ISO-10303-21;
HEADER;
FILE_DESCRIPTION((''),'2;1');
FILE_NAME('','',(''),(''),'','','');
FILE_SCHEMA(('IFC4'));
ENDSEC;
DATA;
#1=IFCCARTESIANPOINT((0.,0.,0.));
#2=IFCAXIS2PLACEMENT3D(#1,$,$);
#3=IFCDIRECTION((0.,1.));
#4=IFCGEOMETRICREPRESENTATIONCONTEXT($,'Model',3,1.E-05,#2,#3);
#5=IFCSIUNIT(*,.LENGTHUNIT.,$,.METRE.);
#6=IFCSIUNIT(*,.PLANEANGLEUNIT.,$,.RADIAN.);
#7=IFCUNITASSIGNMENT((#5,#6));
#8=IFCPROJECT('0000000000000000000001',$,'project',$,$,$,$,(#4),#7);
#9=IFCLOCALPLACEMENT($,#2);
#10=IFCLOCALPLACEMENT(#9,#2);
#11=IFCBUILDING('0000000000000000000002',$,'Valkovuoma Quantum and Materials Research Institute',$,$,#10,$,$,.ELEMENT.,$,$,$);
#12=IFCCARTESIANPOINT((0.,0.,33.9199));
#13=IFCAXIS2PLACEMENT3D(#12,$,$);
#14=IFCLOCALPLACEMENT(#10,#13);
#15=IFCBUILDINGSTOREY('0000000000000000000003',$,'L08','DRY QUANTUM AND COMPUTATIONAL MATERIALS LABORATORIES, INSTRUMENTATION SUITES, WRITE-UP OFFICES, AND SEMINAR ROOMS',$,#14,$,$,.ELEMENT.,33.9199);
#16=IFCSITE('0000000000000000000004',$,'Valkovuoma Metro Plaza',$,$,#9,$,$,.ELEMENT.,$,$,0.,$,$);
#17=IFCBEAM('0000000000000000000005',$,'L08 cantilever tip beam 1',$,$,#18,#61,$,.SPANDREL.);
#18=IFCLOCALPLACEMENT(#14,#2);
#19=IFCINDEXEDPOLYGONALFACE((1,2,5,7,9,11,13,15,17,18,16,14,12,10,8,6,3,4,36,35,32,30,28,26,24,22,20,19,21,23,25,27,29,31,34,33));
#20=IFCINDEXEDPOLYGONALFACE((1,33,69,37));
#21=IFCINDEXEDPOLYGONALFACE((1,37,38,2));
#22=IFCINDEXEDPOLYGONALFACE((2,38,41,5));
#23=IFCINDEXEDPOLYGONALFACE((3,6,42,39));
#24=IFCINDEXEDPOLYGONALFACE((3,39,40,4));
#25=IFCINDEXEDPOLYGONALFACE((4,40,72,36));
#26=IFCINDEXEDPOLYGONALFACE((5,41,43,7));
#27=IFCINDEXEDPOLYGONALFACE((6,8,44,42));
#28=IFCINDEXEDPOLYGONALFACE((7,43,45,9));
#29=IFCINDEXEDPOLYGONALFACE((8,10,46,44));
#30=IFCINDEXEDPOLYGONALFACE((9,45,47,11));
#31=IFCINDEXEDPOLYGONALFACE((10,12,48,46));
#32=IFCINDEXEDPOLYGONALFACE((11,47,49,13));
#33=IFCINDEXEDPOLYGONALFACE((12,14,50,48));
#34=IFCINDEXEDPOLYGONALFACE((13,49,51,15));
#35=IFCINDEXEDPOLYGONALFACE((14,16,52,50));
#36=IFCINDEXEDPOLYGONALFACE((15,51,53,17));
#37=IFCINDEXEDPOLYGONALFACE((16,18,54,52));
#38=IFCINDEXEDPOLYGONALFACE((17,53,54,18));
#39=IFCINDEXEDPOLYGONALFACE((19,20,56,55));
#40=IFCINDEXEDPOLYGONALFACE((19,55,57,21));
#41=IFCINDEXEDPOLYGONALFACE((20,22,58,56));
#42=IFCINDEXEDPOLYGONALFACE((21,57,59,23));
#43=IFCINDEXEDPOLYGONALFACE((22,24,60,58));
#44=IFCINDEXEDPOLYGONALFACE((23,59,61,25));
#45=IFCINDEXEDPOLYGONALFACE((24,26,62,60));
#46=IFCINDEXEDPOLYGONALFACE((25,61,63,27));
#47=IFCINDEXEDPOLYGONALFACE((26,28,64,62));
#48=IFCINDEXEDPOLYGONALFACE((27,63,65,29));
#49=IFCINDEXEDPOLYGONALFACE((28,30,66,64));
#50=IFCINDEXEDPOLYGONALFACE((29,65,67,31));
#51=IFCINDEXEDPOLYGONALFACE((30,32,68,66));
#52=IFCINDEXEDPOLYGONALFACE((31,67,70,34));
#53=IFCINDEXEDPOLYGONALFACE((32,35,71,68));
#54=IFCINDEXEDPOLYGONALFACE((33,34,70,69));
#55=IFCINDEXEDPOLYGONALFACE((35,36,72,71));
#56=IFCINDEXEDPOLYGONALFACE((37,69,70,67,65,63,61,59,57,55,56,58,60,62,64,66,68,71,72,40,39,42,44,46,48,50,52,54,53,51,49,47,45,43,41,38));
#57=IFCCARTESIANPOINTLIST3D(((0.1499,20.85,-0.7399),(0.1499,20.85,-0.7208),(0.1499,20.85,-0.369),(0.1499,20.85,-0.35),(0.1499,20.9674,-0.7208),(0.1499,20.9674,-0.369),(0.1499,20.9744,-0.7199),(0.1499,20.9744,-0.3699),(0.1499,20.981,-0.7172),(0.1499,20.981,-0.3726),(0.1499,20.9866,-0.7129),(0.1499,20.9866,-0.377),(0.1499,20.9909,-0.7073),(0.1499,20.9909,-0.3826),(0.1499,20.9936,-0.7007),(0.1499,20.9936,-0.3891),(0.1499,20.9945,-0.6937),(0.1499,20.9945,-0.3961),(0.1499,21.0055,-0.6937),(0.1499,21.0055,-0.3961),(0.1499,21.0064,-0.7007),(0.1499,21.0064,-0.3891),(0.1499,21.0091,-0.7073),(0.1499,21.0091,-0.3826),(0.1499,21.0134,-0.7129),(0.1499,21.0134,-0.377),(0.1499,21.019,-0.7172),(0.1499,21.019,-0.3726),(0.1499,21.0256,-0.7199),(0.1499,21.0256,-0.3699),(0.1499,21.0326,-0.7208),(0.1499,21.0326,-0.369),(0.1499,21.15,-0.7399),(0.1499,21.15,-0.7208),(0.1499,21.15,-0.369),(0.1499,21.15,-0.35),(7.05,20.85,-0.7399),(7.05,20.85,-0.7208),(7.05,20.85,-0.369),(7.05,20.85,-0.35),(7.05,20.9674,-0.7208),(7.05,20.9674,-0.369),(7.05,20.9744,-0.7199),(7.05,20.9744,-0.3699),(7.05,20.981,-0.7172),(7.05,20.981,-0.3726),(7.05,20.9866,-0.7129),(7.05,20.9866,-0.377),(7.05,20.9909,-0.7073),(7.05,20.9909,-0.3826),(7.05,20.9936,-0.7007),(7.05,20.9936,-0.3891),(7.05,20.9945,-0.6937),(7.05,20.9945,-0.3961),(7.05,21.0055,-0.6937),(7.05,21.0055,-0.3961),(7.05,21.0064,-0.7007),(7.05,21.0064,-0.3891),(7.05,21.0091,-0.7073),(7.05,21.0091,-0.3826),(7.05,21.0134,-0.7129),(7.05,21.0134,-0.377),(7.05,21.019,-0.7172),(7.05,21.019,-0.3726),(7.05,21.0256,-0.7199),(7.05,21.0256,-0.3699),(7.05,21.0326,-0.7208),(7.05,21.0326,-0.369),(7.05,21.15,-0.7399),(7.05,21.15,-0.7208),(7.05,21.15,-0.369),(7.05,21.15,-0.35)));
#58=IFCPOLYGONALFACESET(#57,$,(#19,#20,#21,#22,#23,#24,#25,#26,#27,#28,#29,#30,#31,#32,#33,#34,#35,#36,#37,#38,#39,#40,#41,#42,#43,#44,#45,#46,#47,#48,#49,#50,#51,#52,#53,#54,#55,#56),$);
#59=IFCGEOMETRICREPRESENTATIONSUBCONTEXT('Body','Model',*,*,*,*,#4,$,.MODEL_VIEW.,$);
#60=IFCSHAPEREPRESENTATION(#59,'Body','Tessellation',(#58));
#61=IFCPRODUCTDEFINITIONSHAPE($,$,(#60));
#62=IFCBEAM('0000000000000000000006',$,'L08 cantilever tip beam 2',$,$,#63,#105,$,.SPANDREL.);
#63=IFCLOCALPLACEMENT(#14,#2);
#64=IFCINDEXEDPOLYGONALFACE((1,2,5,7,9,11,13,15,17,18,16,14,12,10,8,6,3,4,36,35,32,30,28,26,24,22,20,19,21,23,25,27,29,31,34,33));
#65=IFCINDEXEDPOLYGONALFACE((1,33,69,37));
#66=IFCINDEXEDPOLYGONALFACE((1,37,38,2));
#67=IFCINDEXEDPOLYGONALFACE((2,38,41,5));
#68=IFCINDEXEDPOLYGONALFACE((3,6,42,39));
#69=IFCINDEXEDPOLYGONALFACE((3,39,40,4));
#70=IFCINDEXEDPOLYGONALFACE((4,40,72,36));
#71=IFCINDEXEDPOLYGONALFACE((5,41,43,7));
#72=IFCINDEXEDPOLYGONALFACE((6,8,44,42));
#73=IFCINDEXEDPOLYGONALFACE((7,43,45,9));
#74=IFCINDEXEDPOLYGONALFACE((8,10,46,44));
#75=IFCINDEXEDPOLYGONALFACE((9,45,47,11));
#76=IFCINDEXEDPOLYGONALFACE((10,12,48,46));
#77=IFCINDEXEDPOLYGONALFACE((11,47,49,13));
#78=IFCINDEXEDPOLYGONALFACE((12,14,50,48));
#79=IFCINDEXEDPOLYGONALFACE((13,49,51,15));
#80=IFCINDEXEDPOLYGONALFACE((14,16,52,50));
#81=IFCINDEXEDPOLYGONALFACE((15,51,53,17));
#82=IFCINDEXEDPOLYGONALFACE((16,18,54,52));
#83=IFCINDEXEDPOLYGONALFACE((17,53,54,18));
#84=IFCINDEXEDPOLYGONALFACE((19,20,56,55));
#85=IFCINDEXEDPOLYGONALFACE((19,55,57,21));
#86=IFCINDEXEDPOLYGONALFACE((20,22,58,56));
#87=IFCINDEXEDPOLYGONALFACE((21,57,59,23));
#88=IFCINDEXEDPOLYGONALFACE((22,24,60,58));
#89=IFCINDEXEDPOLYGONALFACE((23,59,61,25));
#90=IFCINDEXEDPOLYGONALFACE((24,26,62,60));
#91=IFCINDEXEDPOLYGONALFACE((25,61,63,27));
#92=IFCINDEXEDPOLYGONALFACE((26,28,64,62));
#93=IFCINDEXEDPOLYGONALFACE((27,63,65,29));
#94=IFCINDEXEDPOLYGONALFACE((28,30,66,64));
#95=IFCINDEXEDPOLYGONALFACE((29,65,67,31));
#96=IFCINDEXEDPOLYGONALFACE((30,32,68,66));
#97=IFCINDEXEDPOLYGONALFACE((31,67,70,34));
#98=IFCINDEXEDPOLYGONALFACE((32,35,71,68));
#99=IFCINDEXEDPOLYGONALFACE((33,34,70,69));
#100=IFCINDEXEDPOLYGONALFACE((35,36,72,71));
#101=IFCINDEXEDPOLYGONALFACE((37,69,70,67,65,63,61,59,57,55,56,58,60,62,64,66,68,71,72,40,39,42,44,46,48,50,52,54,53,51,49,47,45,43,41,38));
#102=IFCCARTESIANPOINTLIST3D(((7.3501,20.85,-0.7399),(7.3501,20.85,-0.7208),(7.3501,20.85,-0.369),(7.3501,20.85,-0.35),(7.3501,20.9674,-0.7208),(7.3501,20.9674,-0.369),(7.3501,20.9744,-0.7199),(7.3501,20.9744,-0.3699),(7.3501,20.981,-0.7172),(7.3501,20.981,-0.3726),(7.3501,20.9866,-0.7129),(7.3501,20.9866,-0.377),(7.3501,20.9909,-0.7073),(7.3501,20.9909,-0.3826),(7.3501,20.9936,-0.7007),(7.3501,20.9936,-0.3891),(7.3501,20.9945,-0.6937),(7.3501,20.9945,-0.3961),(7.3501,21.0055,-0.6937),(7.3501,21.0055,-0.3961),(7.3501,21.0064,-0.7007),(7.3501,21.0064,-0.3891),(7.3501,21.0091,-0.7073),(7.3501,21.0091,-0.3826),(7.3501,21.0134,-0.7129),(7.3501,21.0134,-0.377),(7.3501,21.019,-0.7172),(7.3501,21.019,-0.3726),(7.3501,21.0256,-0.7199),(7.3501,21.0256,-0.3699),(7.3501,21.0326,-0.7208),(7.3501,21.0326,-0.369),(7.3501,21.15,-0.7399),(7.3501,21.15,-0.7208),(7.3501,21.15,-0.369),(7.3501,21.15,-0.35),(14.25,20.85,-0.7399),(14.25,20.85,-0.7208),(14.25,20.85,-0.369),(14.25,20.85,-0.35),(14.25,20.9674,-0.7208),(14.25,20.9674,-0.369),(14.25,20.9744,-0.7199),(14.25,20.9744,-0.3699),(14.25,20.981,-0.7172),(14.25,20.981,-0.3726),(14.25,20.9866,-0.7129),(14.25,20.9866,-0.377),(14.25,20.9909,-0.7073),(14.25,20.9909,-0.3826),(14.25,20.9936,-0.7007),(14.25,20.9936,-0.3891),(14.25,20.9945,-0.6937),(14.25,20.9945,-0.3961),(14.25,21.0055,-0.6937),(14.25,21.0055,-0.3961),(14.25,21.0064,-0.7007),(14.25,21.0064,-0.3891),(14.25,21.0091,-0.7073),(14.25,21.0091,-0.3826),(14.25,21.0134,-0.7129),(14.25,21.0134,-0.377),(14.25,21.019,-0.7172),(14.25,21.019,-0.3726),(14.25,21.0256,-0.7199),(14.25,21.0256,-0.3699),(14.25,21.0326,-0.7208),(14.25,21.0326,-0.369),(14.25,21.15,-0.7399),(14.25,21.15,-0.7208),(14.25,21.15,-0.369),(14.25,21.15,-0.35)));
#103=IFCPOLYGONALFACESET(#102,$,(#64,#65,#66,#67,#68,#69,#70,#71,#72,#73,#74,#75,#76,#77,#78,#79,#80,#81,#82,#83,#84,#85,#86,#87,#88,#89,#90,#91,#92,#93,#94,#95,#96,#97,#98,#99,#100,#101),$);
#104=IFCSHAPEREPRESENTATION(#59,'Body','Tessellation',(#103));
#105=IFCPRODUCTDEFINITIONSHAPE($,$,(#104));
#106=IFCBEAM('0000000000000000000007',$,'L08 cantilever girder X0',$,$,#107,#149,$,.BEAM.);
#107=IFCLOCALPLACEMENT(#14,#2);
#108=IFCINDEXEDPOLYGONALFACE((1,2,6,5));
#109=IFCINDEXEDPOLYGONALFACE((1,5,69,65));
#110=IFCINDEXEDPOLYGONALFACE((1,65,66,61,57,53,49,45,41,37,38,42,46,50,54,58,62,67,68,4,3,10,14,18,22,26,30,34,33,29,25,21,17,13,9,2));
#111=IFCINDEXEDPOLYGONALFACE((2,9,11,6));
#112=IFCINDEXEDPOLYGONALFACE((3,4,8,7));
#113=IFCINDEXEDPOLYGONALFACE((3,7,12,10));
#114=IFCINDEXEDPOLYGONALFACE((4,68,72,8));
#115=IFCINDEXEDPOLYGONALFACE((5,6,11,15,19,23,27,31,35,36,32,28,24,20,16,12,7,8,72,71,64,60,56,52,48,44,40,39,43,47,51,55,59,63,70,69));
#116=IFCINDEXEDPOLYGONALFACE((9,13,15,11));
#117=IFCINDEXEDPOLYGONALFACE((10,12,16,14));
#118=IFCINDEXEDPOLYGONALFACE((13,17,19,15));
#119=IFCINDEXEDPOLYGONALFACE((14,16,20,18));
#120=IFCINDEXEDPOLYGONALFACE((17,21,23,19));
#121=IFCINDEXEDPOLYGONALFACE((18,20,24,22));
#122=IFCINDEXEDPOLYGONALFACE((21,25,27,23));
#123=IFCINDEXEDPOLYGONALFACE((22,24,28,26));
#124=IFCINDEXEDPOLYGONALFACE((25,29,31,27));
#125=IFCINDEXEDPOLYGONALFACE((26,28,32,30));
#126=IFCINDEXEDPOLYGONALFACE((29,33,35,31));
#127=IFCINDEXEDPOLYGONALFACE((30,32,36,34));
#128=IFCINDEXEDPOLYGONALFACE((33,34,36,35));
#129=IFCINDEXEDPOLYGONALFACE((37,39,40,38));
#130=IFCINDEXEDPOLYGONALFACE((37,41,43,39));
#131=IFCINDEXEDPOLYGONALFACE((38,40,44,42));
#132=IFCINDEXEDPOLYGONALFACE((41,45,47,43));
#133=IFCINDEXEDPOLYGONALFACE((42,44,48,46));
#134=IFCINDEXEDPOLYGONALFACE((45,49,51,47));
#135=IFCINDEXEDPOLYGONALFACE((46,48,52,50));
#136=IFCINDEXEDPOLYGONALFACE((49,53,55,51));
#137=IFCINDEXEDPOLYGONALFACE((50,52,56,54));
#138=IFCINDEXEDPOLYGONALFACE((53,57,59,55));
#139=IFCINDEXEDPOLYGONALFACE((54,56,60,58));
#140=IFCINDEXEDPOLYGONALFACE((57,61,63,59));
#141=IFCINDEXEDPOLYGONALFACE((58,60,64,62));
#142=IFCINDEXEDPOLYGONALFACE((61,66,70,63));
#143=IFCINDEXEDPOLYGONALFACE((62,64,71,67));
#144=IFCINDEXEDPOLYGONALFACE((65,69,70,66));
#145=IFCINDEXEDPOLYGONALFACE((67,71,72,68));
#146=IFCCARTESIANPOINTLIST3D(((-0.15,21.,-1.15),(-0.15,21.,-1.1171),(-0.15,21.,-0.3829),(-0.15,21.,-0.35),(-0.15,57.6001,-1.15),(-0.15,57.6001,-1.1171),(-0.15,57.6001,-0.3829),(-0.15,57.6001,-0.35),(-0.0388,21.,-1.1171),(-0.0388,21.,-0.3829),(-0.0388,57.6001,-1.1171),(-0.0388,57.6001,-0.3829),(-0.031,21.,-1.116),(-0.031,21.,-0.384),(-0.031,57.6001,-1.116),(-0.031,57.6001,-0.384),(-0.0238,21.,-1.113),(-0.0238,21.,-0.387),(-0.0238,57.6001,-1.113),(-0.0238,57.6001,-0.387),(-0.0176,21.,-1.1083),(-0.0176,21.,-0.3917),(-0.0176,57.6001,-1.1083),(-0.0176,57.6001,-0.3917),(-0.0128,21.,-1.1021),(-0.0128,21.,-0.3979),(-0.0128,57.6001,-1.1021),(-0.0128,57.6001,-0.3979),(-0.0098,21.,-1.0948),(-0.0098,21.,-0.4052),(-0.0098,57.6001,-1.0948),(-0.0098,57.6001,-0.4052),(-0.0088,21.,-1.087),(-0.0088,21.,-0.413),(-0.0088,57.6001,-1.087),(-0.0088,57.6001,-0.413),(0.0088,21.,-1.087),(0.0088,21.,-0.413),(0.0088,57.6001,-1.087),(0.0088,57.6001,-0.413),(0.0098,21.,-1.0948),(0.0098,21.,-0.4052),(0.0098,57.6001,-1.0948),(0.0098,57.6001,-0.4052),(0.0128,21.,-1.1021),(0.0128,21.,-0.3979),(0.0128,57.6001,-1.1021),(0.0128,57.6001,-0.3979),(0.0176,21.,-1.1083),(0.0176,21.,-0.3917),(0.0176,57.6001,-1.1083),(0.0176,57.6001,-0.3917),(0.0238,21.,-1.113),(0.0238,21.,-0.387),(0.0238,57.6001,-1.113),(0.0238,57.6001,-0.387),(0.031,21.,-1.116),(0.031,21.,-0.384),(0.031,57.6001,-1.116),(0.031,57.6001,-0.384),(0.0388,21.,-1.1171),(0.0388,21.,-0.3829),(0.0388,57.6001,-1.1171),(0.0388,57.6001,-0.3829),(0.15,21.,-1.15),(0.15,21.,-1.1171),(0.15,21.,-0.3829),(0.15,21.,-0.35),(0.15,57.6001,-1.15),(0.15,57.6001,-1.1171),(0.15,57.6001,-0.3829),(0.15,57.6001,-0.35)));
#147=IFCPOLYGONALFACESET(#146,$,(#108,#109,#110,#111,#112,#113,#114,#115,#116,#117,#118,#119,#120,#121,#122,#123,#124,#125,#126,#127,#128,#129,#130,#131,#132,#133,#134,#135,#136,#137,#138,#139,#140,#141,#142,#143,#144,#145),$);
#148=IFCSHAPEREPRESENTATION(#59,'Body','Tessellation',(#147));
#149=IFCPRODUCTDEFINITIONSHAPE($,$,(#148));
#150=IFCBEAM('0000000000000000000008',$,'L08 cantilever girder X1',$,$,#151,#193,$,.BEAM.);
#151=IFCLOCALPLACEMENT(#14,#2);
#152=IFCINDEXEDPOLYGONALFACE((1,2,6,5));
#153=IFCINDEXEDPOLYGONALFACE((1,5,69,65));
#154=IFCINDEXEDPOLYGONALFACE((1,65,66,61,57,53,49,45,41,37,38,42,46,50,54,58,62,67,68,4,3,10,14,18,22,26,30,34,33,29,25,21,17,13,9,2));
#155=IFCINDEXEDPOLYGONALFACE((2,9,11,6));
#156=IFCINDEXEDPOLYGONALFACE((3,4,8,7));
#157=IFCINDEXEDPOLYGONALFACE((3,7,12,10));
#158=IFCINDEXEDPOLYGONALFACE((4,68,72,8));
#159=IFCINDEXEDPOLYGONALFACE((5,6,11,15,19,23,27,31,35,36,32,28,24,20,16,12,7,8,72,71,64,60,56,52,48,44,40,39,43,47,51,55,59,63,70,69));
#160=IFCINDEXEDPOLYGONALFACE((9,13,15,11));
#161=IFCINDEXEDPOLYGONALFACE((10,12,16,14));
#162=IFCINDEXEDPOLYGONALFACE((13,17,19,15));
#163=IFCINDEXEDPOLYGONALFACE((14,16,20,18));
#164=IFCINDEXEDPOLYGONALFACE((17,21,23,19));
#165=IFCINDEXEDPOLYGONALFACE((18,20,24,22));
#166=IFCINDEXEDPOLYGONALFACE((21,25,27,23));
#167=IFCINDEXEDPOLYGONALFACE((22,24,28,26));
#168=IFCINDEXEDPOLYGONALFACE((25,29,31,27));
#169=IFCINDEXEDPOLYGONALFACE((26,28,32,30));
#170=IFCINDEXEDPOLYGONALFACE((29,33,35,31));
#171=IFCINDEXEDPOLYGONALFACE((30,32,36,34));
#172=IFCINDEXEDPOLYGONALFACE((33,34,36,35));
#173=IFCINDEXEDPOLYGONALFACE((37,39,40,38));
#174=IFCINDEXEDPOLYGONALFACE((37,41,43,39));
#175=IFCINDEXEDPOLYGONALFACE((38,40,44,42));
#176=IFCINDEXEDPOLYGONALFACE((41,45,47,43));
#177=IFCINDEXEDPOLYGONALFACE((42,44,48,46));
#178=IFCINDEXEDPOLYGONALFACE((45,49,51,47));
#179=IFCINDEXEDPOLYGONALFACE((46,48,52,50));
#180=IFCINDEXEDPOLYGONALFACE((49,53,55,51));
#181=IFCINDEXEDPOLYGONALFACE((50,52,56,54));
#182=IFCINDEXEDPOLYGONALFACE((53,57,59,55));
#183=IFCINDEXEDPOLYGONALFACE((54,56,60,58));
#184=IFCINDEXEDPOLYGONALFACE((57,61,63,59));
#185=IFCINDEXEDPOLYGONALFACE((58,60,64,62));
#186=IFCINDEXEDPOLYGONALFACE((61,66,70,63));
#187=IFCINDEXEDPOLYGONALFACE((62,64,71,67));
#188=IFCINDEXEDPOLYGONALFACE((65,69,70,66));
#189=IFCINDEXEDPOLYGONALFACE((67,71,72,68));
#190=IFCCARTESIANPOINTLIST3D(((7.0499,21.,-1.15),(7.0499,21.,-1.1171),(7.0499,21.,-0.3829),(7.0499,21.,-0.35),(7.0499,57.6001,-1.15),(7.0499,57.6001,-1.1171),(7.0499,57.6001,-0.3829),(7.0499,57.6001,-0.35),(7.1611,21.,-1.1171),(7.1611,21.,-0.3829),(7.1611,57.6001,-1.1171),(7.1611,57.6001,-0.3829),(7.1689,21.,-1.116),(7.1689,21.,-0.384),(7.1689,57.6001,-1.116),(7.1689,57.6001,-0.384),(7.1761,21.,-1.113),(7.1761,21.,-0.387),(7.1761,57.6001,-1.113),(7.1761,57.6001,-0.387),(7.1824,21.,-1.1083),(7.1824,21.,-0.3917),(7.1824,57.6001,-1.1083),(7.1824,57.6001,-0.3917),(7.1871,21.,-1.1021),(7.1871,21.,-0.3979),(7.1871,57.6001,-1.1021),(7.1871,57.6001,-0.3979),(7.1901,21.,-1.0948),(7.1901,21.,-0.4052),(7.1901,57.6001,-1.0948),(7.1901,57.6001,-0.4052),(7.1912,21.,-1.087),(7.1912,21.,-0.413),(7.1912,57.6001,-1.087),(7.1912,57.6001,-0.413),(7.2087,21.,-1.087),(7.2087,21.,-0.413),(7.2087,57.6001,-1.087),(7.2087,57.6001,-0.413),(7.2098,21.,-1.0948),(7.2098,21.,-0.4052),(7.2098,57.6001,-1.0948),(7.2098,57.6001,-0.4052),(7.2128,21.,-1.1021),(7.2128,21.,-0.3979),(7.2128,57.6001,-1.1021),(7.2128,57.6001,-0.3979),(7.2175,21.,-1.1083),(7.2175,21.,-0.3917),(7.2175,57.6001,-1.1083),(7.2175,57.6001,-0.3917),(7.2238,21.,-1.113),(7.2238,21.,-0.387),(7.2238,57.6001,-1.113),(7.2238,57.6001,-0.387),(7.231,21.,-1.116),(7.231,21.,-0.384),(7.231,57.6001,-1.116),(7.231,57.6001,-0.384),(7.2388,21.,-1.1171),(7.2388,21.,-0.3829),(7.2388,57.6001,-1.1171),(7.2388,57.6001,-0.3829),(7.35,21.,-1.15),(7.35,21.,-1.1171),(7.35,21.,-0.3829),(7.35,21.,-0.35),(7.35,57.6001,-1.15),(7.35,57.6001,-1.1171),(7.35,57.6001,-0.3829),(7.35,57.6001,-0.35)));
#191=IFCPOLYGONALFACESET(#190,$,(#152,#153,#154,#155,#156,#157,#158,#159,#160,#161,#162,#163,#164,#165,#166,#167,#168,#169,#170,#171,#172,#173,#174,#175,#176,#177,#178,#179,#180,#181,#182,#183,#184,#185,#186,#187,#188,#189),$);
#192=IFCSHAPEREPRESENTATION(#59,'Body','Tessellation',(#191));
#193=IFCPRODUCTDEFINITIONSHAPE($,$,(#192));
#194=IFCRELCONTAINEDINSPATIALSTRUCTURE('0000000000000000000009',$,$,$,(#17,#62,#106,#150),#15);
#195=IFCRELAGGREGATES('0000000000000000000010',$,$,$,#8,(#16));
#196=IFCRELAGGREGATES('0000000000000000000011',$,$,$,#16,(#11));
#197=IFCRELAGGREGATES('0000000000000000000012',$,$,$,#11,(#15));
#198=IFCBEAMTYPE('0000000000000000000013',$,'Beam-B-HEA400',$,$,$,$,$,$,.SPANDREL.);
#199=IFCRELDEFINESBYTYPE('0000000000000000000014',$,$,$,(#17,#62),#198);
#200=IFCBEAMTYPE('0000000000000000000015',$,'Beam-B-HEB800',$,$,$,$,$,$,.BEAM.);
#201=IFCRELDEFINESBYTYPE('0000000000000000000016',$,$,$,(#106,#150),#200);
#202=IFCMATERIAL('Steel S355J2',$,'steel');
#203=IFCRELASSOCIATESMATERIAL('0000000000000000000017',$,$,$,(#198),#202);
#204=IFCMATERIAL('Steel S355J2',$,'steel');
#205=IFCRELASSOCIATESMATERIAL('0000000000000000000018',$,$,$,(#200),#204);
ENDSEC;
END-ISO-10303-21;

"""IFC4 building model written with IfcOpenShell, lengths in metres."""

from ifc_helpers import new_model, si_unit, direction, frame, origin, origin_2d, place, context, subcontext, project, spatial, i_section, extrude, material, material_profile, profile_set, type_object, element, save


model = new_model("IFC4")

# Units and contexts
model_context = context("Model", 3, precision=1e-05, world=origin(), true_north=direction((0.0, 1.0)))
body_context = subcontext(model_context, "Body", "Model", "MODEL_VIEW")
ifc_project = project(units=[si_unit("LENGTHUNIT", "METRE"), si_unit("PLANEANGLEUNIT", "RADIAN")], contexts=[model_context])

# Site, building, storey
site_placement = place(None, origin())
site = spatial("IfcSite", under=ifc_project, at=site_placement, Name="Valkovuoma Metro Plaza", CompositionType="ELEMENT", RefElevation=0.0)
building_placement = place(site_placement, origin())
building = spatial("IfcBuilding", under=site, at=building_placement, Name="Valkovuoma Quantum and Materials Research Institute", CompositionType="ELEMENT")
storey_placement = place(building_placement, frame((0.0, 0.0, 33.9199)))
storey = spatial("IfcBuildingStorey", under=building, at=storey_placement, Name="L08", Description="DRY QUANTUM AND COMPUTATIONAL MATERIALS LABORATORIES, INSTRUMENTATION SUITES, WRITE-UP OFFICES, AND SEMINAR ROOMS", CompositionType="ELEMENT", Elevation=33.9199)

# Beams
ifc_material_1 = material(Name="Steel S355J2", Category="steel")
ifc_material_profile_1 = material_profile(ifc_material_1, i_section(OverallWidth=0.3, OverallDepth=0.3899, WebThickness=0.011, FlangeThickness=0.019, FilletRadius=0.0271, at=origin_2d()), Name="Steel S355J2")
ifc_profile_set_1 = profile_set([ifc_material_profile_1], Name="Steel S355J2")
beam_type_1 = type_object("IfcBeamType", Name="Beam-B-HEA400", PredefinedType="SPANDREL", material=ifc_profile_set_1)
beam_1_placement = place(storey_placement, frame((0.1499, 21.0, -0.5449), z_axis=(1.0, 0.0, 0.0), x_axis=(0.0, 1.0, 0.0)))
element("IfcBeam", 1, at=beam_1_placement, inside=storey, type_object=beam_type_1, Name="L08 cantilever tip beam 1", PredefinedType="SPANDREL", context=body_context, shape_type="SweptSolid", body=[
    extrude(i_section(OverallWidth=0.3, OverallDepth=0.3899, WebThickness=0.011, FlangeThickness=0.019, FilletRadius=0.0271, at=origin_2d()), origin(), (0.0, 0.0, 1.0), 6.9001),
])
beam_2_placement = place(storey_placement, frame((7.3501, 21.0, -0.5449), z_axis=(1.0, 0.0, 0.0), x_axis=(0.0, 1.0, 0.0)))
element("IfcBeam", 2, at=beam_2_placement, inside=storey, type_object=beam_type_1, Name="L08 cantilever tip beam 2", PredefinedType="SPANDREL", context=body_context, shape_type="SweptSolid", body=[
    extrude(i_section(OverallWidth=0.3, OverallDepth=0.3899, WebThickness=0.011, FlangeThickness=0.019, FilletRadius=0.0271, at=origin_2d()), origin(), (0.0, 0.0, 1.0), 6.8999),
])
ifc_material_2 = material(Name="Steel S355J2", Category="steel")
ifc_material_profile_2 = material_profile(ifc_material_2, i_section(OverallWidth=0.3, OverallDepth=0.8, WebThickness=0.0176, FlangeThickness=0.033, FilletRadius=0.03, at=origin_2d()), Name="Steel S355J2")
ifc_profile_set_2 = profile_set([ifc_material_profile_2], Name="Steel S355J2")
beam_type_2 = type_object("IfcBeamType", Name="Beam-B-HEB800", PredefinedType="BEAM", material=ifc_profile_set_2)
for number, where, z_axis, x_axis, name in (
    (3, (0.0, 21.0, -0.75), (0.0, 1.0, 0.0), (-1.0, 0.0, 0.0), "L08 cantilever girder X0"),
    (4, (7.2, 21.0, -0.75), (0.0, 1.0, 0.0), (-1.0, 0.0, 0.0), "L08 cantilever girder X1"),
):
    element("IfcBeam", number, at=place(storey_placement, frame(where, z_axis=z_axis, x_axis=x_axis)), inside=storey, type_object=beam_type_2, Name=name, PredefinedType="BEAM", context=body_context, shape_type="SweptSolid", body=[
        extrude(i_section(OverallWidth=0.3, OverallDepth=0.8, WebThickness=0.0176, FlangeThickness=0.033, FilletRadius=0.03, at=origin_2d()), origin(), (0.0, 0.0, 1.0), 36.6001),
    ])

save(model, "model.ifc")
